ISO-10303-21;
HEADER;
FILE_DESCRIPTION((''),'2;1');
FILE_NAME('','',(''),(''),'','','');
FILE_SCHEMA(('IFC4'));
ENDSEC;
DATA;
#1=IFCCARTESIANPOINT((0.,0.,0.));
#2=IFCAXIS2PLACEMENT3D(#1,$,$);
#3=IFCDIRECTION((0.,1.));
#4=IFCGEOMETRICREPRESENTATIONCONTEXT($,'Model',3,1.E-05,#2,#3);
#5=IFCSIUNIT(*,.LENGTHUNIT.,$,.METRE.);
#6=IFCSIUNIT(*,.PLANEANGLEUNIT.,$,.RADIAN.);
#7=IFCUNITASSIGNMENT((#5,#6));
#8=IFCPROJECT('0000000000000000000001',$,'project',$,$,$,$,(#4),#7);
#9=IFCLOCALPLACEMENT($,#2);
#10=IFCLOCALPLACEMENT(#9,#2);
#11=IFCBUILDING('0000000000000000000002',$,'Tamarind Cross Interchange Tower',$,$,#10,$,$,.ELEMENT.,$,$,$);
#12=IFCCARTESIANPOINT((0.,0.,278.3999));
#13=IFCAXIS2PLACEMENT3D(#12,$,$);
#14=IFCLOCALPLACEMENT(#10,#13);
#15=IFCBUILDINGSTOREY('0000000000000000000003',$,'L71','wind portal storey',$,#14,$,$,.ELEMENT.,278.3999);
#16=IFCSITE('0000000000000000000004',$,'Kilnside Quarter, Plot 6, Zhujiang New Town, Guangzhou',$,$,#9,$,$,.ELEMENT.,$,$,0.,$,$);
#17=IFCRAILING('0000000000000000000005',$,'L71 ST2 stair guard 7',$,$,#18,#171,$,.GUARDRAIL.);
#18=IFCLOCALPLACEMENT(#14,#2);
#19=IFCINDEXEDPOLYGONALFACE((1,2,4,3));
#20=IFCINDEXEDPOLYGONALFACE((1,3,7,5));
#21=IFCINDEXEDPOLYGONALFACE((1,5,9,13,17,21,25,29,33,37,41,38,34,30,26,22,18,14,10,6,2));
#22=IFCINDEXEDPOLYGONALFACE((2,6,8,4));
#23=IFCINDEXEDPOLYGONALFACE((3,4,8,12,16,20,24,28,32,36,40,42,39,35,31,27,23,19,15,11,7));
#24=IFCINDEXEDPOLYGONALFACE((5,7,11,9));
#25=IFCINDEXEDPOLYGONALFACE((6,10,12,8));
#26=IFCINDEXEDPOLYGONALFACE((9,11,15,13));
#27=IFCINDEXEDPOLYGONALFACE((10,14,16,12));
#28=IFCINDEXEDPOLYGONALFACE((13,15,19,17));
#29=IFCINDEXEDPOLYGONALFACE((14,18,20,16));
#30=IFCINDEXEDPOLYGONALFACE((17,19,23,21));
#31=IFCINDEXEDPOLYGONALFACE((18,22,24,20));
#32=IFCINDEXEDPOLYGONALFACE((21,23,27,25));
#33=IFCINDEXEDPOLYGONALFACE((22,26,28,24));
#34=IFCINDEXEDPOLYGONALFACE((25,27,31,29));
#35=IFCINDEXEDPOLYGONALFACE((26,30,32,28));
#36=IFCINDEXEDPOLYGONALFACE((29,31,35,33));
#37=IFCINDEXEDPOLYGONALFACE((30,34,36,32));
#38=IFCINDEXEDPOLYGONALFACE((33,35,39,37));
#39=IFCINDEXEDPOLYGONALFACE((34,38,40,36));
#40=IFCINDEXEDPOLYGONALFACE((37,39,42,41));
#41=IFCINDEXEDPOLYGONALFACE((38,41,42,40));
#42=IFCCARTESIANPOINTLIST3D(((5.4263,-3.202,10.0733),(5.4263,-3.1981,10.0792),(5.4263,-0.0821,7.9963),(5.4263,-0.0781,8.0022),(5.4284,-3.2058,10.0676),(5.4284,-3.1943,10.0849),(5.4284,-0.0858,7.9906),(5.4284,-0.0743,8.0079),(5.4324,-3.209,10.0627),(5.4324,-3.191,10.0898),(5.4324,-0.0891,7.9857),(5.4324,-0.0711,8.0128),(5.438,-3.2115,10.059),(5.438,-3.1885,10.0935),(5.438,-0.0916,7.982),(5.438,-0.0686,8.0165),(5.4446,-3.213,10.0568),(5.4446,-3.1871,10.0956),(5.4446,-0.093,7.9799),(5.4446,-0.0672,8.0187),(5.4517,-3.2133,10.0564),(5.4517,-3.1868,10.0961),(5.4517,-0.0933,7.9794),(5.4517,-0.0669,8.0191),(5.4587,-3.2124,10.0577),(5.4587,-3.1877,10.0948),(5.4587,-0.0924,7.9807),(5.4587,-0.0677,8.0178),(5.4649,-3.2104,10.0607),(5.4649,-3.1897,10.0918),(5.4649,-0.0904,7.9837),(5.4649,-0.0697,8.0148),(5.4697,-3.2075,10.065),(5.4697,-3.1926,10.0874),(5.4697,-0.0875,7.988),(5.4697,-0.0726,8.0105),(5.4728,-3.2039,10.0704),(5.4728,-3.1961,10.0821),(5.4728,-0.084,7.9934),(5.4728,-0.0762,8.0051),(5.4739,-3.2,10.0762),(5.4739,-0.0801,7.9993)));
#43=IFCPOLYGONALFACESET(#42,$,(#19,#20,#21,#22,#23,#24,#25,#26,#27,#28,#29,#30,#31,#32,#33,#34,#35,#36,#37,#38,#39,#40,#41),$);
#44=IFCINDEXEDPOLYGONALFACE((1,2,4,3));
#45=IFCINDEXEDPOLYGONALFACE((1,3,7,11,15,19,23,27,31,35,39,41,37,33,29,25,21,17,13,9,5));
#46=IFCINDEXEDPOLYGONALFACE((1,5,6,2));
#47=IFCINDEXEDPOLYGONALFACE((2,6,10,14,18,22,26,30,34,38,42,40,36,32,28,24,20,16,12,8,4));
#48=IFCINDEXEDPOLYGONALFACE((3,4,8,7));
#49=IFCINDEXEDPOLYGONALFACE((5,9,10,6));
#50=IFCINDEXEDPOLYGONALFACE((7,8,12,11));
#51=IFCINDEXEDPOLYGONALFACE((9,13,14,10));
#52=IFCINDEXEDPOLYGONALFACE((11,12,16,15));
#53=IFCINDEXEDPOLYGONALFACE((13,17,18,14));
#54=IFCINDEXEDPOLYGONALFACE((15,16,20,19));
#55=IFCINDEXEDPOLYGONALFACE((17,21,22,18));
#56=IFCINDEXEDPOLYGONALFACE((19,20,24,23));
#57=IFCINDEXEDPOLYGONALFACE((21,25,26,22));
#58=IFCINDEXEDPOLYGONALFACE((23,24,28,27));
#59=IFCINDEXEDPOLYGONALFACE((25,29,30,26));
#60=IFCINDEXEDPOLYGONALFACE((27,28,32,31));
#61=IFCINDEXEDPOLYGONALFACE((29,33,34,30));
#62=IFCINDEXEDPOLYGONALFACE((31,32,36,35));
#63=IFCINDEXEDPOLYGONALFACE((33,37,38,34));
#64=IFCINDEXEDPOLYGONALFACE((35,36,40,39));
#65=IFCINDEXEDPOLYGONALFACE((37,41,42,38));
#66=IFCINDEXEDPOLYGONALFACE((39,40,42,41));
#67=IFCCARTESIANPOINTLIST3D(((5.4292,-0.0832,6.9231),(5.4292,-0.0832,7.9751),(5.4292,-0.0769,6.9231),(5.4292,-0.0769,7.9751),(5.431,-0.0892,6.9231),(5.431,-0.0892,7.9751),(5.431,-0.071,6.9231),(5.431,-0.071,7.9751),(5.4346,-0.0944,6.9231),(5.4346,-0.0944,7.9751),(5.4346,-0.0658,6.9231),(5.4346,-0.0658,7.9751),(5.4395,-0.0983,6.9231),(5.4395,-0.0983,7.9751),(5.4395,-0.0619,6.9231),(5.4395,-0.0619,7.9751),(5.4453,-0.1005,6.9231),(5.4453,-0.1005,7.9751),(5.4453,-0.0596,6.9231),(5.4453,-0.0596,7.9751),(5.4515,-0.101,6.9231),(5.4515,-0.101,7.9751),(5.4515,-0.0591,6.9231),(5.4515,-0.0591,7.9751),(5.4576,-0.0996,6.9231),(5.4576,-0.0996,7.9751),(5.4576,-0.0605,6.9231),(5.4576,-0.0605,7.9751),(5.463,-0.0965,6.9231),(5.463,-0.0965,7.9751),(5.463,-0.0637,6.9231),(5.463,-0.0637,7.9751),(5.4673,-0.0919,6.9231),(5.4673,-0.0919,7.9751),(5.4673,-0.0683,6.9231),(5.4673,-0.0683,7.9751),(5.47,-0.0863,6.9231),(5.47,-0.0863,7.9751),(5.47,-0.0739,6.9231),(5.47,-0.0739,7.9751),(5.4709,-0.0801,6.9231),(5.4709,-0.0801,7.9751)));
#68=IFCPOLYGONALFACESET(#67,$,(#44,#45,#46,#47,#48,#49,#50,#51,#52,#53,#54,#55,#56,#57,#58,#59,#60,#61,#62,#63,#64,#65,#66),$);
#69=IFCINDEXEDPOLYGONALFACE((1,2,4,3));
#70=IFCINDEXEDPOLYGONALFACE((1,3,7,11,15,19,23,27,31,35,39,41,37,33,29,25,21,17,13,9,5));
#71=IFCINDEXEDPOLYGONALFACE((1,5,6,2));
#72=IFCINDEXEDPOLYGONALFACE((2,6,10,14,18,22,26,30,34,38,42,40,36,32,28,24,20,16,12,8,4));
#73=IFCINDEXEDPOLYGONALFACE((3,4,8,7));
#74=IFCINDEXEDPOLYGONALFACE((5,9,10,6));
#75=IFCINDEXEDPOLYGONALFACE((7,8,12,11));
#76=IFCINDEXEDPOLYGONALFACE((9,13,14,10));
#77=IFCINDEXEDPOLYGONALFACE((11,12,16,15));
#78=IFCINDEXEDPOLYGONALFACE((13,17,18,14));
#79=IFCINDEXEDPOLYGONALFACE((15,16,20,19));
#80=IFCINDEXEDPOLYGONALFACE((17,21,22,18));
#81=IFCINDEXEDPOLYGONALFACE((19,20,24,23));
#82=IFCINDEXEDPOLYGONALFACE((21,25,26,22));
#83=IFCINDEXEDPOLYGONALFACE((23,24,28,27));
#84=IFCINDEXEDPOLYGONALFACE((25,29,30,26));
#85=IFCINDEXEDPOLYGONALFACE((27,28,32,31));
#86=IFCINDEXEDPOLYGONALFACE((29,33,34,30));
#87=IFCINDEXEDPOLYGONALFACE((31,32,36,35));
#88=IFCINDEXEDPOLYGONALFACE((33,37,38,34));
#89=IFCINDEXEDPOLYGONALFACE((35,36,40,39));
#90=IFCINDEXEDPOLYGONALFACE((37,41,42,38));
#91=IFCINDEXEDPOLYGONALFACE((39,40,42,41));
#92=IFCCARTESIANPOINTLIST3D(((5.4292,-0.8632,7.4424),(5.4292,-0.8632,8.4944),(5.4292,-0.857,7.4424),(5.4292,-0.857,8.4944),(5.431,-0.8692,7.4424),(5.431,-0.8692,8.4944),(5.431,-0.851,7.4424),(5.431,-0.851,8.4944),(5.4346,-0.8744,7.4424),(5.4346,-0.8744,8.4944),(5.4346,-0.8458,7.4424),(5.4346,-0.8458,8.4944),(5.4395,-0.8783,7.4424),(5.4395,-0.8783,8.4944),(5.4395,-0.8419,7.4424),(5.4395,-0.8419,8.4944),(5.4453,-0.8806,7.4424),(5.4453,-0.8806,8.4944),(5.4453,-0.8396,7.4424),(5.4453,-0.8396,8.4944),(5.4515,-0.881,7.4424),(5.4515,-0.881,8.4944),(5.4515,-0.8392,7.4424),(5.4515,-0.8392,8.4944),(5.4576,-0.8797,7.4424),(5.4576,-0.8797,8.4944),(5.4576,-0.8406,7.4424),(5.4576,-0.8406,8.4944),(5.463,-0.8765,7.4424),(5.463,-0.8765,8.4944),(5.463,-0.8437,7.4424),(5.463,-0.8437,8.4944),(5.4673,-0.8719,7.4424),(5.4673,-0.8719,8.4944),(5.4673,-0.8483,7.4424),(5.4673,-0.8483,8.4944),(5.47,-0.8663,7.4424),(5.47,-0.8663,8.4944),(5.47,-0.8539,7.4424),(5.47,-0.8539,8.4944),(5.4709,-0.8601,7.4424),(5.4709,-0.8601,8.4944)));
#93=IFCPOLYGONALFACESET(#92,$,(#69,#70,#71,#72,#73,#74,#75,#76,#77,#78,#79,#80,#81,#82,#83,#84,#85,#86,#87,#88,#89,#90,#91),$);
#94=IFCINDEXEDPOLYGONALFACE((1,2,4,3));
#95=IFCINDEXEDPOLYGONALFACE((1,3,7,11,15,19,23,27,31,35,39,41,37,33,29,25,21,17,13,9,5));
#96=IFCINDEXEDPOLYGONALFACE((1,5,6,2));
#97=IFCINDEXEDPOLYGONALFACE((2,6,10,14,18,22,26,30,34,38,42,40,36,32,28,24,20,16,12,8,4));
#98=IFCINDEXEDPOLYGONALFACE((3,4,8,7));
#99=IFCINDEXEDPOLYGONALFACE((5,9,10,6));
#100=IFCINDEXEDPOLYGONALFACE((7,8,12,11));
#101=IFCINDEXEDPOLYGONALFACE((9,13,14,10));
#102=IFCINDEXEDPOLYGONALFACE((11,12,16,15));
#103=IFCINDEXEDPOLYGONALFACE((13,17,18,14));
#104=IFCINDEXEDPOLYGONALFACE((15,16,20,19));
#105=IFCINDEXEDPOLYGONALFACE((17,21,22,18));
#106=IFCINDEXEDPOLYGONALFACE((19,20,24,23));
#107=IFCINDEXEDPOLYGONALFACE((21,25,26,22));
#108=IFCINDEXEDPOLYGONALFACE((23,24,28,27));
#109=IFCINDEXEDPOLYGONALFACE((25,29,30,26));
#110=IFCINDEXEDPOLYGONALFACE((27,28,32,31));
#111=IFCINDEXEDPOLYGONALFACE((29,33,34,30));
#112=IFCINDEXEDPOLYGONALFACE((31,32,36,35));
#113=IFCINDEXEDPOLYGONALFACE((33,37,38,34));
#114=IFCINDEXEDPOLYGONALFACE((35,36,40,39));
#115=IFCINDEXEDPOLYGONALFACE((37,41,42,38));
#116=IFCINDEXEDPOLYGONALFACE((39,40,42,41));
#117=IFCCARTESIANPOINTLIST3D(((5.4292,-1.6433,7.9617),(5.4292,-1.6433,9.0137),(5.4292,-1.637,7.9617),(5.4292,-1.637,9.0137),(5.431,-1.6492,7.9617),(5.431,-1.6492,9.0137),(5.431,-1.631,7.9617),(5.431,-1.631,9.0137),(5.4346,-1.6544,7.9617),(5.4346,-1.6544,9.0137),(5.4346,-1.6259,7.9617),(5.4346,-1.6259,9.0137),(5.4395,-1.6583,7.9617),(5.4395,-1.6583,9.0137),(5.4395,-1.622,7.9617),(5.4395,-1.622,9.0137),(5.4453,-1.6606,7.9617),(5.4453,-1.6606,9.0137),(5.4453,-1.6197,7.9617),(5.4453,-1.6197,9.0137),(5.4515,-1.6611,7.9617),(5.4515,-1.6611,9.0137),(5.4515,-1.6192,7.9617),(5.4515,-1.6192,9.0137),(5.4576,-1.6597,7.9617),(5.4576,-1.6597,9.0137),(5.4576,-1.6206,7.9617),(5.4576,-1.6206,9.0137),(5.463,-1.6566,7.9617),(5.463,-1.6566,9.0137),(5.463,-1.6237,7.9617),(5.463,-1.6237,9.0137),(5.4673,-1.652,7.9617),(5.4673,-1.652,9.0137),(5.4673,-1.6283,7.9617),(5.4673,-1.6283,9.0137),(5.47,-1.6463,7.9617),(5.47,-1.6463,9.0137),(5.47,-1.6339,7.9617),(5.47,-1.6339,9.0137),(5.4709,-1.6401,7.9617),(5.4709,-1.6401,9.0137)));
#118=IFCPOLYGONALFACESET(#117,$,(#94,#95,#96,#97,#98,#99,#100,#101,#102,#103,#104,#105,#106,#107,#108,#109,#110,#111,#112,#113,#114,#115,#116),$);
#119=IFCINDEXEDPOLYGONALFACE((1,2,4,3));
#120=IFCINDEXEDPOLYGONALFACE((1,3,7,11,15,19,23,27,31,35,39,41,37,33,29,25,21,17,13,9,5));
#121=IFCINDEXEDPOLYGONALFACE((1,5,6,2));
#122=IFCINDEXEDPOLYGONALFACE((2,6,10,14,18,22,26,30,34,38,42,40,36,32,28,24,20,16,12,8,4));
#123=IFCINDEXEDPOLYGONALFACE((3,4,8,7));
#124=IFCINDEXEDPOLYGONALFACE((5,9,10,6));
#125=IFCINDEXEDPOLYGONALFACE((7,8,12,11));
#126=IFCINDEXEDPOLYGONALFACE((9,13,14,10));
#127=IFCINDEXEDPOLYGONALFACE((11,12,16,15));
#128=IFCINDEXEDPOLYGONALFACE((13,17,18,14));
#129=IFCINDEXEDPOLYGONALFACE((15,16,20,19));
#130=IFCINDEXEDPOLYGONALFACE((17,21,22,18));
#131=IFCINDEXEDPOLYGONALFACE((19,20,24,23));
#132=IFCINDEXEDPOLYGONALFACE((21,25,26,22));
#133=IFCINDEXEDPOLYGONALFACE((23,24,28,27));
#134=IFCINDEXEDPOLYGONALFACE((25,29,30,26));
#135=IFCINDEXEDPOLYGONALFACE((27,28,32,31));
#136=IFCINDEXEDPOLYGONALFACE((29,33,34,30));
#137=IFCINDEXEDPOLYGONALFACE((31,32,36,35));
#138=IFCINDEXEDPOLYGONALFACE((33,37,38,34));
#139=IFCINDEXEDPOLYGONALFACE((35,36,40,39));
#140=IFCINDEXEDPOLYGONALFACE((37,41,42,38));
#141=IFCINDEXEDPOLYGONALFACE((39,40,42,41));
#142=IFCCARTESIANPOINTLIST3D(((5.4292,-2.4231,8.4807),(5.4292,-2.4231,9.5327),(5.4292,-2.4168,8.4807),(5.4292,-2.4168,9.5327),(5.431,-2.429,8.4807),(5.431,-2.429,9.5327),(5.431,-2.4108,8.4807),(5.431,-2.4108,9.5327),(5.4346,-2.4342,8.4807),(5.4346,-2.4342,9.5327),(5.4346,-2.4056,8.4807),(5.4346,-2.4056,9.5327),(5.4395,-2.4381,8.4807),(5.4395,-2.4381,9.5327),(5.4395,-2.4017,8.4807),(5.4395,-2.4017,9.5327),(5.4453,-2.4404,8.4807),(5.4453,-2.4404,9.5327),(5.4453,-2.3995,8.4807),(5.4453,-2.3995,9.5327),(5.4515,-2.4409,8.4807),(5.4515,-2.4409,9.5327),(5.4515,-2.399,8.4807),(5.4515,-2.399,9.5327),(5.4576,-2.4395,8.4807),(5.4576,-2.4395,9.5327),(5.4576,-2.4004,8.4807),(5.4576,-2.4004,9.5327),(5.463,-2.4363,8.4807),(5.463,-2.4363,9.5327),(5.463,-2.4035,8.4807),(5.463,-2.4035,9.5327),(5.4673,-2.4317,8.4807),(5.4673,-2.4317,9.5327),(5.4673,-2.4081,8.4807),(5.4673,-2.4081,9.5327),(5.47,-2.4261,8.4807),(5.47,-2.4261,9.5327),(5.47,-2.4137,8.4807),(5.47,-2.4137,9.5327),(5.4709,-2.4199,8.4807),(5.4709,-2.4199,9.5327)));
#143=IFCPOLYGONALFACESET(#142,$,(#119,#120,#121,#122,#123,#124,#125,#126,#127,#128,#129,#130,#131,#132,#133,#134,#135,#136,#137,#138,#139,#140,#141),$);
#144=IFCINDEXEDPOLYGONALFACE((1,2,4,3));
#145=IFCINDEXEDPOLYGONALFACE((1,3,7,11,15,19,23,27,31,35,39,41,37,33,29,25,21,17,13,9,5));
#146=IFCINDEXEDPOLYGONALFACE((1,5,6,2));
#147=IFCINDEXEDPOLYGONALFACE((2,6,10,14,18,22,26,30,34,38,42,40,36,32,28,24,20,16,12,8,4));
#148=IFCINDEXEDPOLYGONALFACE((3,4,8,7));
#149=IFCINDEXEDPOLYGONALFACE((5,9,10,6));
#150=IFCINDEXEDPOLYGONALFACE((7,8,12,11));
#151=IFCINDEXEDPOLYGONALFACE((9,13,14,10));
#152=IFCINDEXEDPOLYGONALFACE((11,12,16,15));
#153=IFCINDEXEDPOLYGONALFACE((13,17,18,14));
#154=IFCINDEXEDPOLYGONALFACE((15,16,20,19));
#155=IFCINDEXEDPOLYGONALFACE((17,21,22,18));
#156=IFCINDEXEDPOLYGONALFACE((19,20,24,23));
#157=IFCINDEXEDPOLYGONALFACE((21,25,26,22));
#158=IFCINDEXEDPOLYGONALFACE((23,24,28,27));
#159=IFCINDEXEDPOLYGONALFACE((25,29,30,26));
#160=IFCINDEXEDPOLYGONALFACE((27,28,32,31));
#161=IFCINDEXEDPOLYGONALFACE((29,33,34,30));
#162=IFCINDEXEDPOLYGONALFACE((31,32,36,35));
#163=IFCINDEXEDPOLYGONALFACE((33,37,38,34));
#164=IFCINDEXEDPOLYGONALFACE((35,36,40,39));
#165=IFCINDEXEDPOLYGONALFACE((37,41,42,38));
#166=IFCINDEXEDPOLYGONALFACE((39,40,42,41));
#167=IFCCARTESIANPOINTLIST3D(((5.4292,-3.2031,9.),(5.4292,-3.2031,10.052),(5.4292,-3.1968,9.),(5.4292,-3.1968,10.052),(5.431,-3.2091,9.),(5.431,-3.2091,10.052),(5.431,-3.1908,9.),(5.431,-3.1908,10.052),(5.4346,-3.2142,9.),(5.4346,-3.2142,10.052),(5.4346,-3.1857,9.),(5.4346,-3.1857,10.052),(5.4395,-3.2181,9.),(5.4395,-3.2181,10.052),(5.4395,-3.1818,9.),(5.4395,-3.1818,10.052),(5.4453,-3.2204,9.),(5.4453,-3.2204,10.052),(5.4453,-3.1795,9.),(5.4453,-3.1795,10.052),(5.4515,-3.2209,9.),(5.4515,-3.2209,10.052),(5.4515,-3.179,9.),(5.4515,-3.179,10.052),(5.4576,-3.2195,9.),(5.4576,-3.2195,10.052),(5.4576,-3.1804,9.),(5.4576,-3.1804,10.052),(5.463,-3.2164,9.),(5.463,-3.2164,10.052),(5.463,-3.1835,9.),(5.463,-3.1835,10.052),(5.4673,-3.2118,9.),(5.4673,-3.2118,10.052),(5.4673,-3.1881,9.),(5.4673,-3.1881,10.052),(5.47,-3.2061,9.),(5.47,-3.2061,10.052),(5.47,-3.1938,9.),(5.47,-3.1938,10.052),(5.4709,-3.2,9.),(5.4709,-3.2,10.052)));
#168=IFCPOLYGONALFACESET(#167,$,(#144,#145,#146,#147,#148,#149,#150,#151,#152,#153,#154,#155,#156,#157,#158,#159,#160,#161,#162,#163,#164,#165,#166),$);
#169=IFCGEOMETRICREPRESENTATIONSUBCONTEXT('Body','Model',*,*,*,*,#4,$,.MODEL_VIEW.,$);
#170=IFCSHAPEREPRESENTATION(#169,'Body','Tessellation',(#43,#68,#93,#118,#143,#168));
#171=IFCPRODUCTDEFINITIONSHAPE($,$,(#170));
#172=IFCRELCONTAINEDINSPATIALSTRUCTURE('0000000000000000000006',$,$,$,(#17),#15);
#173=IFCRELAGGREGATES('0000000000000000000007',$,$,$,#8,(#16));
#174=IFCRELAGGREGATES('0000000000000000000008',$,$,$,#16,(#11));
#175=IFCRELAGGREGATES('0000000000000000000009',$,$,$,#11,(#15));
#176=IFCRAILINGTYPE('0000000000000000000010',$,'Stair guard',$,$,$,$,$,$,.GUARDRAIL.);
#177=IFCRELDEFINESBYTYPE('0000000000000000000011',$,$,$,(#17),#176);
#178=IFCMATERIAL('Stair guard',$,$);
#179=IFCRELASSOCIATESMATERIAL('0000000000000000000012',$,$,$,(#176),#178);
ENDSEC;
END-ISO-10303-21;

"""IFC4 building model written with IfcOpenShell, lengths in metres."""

from ifc_helpers import new_model, si_unit, direction, frame, origin, origin_2d, place, context, subcontext, project, spatial, circle, extrude, material, type_object, element, save


model = new_model("IFC4")

# Units and contexts
model_context = context("Model", 3, precision=1e-05, world=origin(), true_north=direction((0.0, 1.0)))
body_context = subcontext(model_context, "Body", "Model", "MODEL_VIEW")
ifc_project = project(units=[si_unit("LENGTHUNIT", "METRE"), si_unit("PLANEANGLEUNIT", "RADIAN")], contexts=[model_context])

# Site, building, storey
site_placement = place(None, origin())
site = spatial("IfcSite", under=ifc_project, at=site_placement, Name="Kilnside Quarter, Plot 6, Zhujiang New Town, Guangzhou", CompositionType="ELEMENT", RefElevation=0.0)
building_placement = place(site_placement, origin())
building = spatial("IfcBuilding", under=site, at=building_placement, Name="Tamarind Cross Interchange Tower", CompositionType="ELEMENT")
storey_placement = place(building_placement, frame((0.0, 0.0, 278.3999)))
storey = spatial("IfcBuildingStorey", under=building, at=storey_placement, Name="L71", Description="wind portal storey", CompositionType="ELEMENT", Elevation=278.3999)

# Railing
ifc_material_1 = material(Name="Stair guard")
railing_type_1 = type_object("IfcRailingType", Name="Stair guard", PredefinedType="GUARDRAIL", material=ifc_material_1)
railing_1_placement = place(storey_placement, frame((5.45, -0.0801, 6.9231)))
element("IfcRailing", 1, at=railing_1_placement, inside=storey, type_object=railing_type_1, Name="L71 ST2 stair guard 7", PredefinedType="GUARDRAIL", context=body_context, shape_type="SweptSolid", body=[
    extrude(circle(Radius=0.0239, at=origin_2d()), frame((0.0, 0.0, 1.0762), z_axis=(0.0, -0.832421, 0.554144), x_axis=(1.0, 0.0, 0.0)), (0.0, 0.0, 1.0), 3.748),
    extrude(circle(Radius=0.021, at=origin_2d()), origin(), (0.0, 0.0, 1.0), 1.052),
    extrude(circle(Radius=0.021, at=origin_2d()), frame((0.0, -0.78, 0.5193)), (0.0, 0.0, 1.0), 1.052),
    extrude(circle(Radius=0.021, at=origin_2d()), frame((0.0, -1.5601, 1.0386)), (0.0, 0.0, 1.0), 1.052),
    extrude(circle(Radius=0.021, at=origin_2d()), frame((0.0, -2.3398, 1.5576)), (0.0, 0.0, 1.0), 1.052),
    extrude(circle(Radius=0.021, at=origin_2d()), frame((0.0, -3.1199, 2.0769)), (0.0, 0.0, 1.0), 1.052),
])

save(model, "model.ifc")
